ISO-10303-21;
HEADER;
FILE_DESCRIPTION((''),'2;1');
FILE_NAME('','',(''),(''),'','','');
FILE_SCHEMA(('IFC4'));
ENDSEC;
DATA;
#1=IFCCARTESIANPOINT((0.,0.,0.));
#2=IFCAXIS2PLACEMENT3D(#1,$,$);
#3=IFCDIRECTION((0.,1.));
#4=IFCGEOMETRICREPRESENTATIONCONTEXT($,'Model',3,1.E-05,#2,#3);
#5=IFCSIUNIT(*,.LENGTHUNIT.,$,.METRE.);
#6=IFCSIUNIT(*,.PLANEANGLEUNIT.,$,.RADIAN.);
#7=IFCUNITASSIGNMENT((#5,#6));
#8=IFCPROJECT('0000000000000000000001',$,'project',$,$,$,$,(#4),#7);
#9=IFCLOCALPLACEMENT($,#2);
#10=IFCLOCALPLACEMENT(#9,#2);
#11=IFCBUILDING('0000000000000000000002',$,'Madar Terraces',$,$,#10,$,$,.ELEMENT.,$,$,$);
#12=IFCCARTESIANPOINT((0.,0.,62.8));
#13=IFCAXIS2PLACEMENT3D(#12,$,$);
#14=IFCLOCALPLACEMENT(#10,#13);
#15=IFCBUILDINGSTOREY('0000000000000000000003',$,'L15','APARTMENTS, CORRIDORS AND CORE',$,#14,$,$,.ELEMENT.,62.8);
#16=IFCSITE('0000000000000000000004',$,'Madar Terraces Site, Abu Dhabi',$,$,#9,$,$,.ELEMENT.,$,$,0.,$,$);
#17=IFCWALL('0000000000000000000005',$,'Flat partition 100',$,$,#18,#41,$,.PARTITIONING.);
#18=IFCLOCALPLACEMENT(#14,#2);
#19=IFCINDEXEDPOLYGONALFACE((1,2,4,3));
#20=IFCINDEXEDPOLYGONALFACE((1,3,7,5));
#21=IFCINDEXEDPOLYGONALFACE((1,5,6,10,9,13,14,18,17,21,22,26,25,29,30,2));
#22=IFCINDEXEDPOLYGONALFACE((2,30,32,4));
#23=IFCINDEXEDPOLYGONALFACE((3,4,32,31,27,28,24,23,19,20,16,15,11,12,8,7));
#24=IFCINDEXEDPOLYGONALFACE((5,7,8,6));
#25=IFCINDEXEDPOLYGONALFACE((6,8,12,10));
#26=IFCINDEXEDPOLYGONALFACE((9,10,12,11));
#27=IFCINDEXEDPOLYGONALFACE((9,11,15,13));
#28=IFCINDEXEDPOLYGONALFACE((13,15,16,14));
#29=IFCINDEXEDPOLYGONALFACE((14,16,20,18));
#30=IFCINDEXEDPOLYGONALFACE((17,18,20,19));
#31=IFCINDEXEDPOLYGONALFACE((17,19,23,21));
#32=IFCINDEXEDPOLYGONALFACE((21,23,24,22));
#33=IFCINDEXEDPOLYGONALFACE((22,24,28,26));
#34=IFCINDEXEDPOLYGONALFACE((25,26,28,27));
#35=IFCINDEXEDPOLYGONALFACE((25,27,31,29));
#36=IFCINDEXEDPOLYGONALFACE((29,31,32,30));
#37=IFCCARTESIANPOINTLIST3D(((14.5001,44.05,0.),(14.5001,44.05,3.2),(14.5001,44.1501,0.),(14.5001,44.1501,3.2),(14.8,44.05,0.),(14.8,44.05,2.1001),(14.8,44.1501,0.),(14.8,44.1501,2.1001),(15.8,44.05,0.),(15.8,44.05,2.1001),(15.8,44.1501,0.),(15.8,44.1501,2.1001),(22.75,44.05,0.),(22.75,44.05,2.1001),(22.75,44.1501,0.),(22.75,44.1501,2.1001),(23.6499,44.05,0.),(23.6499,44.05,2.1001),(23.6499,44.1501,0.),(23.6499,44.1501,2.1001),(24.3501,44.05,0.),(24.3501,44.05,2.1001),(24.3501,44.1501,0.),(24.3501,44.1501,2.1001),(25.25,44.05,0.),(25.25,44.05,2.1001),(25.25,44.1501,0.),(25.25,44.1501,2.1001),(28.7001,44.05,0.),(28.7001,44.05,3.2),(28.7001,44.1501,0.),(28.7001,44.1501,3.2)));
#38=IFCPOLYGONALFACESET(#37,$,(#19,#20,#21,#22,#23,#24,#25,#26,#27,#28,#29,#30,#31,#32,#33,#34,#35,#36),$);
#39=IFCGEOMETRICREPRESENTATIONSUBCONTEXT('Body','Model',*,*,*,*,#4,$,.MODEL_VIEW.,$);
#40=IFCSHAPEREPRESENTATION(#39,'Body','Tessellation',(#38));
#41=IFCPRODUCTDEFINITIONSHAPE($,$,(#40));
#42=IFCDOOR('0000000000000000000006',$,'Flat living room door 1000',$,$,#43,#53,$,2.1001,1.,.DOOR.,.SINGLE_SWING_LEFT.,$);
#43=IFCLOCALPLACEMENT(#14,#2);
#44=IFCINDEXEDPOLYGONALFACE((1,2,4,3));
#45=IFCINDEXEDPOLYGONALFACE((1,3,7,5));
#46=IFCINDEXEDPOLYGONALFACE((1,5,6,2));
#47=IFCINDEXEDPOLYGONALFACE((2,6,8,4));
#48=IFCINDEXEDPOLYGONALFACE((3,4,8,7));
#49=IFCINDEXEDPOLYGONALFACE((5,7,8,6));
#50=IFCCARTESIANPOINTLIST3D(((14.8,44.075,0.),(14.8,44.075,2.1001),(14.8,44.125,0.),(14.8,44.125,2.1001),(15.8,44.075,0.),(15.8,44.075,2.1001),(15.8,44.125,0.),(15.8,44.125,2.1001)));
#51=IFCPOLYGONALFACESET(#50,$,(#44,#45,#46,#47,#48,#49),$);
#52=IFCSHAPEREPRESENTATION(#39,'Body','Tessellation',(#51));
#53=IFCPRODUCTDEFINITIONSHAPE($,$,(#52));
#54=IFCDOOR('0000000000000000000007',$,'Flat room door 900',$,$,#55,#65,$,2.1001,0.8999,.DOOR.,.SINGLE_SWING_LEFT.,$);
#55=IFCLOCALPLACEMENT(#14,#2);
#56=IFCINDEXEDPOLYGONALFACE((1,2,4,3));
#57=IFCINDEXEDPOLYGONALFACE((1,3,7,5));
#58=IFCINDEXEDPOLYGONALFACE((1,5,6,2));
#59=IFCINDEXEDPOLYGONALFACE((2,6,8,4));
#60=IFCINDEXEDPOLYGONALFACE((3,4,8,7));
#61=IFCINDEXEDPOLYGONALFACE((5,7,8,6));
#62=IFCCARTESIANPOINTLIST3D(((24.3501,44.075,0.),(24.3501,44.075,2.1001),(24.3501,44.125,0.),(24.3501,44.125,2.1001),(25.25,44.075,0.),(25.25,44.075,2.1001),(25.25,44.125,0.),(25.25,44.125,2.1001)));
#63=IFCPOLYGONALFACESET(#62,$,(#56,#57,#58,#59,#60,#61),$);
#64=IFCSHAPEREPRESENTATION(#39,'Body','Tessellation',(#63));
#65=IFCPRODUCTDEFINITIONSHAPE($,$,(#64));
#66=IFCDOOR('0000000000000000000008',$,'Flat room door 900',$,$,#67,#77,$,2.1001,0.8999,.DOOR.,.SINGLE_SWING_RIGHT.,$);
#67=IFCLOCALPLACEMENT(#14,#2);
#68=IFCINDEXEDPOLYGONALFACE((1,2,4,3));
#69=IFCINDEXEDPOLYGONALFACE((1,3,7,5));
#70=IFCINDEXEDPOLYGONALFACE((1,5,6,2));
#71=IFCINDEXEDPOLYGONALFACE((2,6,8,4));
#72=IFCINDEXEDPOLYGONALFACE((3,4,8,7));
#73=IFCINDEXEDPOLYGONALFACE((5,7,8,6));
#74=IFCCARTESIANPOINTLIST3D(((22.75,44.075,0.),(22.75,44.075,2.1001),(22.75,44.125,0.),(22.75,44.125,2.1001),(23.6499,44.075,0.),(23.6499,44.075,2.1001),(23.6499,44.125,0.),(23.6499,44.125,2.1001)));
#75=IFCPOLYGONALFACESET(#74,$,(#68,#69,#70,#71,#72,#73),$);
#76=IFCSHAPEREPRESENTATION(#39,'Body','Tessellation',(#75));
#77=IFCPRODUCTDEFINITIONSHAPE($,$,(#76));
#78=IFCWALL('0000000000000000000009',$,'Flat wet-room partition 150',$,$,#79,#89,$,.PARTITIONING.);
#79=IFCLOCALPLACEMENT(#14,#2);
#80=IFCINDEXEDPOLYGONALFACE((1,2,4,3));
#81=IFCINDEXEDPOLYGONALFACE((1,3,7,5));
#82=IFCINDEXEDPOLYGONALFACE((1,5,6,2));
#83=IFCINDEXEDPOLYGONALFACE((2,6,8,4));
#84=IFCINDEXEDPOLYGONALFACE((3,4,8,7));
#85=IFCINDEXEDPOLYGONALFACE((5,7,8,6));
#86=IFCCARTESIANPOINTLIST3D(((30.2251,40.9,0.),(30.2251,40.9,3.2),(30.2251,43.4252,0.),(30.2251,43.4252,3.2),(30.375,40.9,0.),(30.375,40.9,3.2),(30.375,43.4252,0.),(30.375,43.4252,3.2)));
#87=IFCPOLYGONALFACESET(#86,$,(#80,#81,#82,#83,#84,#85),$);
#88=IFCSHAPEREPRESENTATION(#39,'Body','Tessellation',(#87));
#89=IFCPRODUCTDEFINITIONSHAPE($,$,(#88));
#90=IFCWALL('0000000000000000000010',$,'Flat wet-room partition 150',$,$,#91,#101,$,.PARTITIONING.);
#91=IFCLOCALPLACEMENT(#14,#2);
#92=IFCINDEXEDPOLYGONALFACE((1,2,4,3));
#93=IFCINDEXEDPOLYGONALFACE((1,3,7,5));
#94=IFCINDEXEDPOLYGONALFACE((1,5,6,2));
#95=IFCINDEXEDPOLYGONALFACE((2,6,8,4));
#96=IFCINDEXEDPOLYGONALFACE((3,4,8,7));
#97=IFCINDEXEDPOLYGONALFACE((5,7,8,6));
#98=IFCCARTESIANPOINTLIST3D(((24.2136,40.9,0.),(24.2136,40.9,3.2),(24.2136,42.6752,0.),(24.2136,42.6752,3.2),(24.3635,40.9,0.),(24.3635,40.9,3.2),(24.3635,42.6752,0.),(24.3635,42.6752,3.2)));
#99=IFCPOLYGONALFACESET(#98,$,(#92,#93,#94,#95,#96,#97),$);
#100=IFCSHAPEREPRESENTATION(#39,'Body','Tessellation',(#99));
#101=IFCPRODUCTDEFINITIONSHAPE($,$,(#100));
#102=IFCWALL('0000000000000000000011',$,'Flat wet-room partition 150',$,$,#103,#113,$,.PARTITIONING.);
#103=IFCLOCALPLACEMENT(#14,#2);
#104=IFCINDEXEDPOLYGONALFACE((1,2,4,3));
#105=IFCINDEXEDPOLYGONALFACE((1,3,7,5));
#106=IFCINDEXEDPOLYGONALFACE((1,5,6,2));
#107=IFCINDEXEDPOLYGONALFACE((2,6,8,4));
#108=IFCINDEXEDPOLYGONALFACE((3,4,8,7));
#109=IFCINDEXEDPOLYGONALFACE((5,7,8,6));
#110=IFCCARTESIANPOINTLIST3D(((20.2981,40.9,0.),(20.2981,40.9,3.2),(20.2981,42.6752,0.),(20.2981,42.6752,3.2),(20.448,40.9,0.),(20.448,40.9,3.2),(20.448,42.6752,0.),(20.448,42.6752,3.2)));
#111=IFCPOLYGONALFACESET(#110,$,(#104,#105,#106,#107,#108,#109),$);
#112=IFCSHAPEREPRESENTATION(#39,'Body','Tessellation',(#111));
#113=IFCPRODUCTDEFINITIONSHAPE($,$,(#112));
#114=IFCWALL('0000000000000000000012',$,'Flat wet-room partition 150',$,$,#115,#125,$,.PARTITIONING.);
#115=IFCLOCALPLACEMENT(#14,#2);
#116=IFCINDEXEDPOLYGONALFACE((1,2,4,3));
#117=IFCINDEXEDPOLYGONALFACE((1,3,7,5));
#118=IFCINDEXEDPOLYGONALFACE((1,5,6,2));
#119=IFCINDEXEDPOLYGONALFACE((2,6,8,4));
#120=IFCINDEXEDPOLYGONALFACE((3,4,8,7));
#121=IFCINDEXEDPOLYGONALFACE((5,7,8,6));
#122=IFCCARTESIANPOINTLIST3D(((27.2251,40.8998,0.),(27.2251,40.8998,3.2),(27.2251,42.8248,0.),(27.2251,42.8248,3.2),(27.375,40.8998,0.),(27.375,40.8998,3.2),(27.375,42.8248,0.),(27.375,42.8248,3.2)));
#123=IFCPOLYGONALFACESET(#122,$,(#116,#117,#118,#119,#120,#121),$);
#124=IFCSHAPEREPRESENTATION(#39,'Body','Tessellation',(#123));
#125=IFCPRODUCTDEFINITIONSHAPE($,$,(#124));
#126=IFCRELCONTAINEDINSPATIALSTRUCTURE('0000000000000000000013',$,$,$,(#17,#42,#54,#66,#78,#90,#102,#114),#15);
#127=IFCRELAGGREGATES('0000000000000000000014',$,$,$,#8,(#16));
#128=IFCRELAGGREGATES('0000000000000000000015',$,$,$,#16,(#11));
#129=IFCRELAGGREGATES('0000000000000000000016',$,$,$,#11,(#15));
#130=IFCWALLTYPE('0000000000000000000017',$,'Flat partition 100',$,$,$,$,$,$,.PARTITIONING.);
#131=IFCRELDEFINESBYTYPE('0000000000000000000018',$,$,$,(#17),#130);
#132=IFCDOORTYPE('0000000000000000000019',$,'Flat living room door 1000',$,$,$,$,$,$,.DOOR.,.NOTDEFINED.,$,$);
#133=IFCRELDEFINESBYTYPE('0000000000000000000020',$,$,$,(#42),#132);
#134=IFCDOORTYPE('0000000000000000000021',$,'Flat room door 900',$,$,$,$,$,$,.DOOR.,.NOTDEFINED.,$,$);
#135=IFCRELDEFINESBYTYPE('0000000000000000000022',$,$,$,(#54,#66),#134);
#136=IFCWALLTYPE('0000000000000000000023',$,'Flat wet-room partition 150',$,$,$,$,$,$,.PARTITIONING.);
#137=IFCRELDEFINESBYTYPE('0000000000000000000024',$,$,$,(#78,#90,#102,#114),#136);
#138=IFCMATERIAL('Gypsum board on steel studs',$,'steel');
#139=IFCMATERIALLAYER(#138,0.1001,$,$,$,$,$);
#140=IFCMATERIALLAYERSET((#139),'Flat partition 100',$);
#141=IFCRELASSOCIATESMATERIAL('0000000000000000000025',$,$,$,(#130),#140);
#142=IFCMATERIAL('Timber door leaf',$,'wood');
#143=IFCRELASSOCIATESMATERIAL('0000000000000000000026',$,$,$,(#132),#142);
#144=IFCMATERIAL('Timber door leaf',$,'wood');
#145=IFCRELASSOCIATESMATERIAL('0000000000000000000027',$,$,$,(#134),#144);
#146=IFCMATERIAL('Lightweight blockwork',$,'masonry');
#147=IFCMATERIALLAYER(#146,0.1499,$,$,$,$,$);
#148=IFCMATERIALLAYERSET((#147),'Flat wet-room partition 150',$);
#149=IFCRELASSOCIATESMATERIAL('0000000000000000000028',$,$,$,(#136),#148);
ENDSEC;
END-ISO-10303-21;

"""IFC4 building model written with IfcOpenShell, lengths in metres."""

from ifc_helpers import new_model, si_unit, direction, frame, frame_2d, origin, place, context, subcontext, project, spatial, rectangle, extrude, material, layer, layer_set, type_object, element, fill, save


model = new_model("IFC4")

# Units and contexts
model_context = context("Model", 3, precision=1e-05, world=origin(), true_north=direction((0.0, 1.0)))
body_context = subcontext(model_context, "Body", "Model", "MODEL_VIEW")
ifc_project = project(units=[si_unit("LENGTHUNIT", "METRE"), si_unit("PLANEANGLEUNIT", "RADIAN")], contexts=[model_context])

# Site, building, storey
site_placement = place(None, origin())
site = spatial("IfcSite", under=ifc_project, at=site_placement, Name="Madar Terraces Site, Abu Dhabi", CompositionType="ELEMENT", RefElevation=0.0)
building_placement = place(site_placement, origin())
building = spatial("IfcBuilding", under=site, at=building_placement, Name="Madar Terraces", CompositionType="ELEMENT")
storey_placement = place(building_placement, frame((0.0, 0.0, 62.8)))
storey = spatial("IfcBuildingStorey", under=building, at=storey_placement, Name="L15", Description="APARTMENTS, CORRIDORS AND CORE", CompositionType="ELEMENT", Elevation=62.8)

# Wall, openings, doors
ifc_material_1 = material(Name="Gypsum board on steel studs", Category="steel")
ifc_layer_1 = layer(ifc_material_1, 0.1001)
ifc_layer_set_1 = layer_set([ifc_layer_1], Name="Flat partition 100")
wall_type_1 = type_object("IfcWallType", Name="Flat partition 100", PredefinedType="PARTITIONING", material=ifc_layer_set_1)
wall_1_placement = place(storey_placement, frame((14.5, 44.1001, 0.0), z_axis=(0.0, 0.0, 1.0), x_axis=(1.0, 0.0, 0.0)))
wall_1 = element("IfcWall", 1, at=wall_1_placement, inside=storey, type_object=wall_type_1, Name="Flat partition 100", PredefinedType="PARTITIONING", context=body_context, shape_type="SweptSolid", body=[
    extrude(rectangle(XDim=14.2, YDim=0.1001, at=frame_2d((7.1001, 0.0))), origin(), (0.0, 0.0, 1.0), 3.2),
])
opening_1_placement = place(wall_1_placement, frame((9.8501, 0.0, 0.0)))
opening_1 = element("IfcOpeningElement", 2, at=opening_1_placement, cuts=wall_1, PredefinedType="OPENING", context=body_context, shape_type="SweptSolid", body=[
    extrude(rectangle(XDim=0.8999, YDim=2.1001, at=frame_2d((0.45, 1.05))), frame((0.0, 0.0601, 0.0), z_axis=(0.0, -1.0, 0.0), x_axis=(1.0, 0.0, 0.0)), (0.0, 0.0, 1.0), 0.1201),
])
opening_2_placement = place(wall_1_placement, frame((8.25, 0.0, 0.0)))
opening_2 = element("IfcOpeningElement", 3, at=opening_2_placement, cuts=wall_1, PredefinedType="OPENING", context=body_context, shape_type="SweptSolid", body=[
    extrude(rectangle(XDim=0.8999, YDim=2.1001, at=frame_2d((0.45, 1.05))), frame((0.0, 0.0601, 0.0), z_axis=(0.0, -1.0, 0.0), x_axis=(1.0, 0.0, 0.0)), (0.0, 0.0, 1.0), 0.1201),
])
opening_3_placement = place(wall_1_placement, frame((0.3, 0.0, 0.0)))
opening_3 = element("IfcOpeningElement", 4, at=opening_3_placement, cuts=wall_1, PredefinedType="OPENING", context=body_context, shape_type="SweptSolid", body=[
    extrude(rectangle(XDim=1.0, YDim=2.1001, at=frame_2d((0.5, 1.05))), frame((0.0, 0.0601, 0.0), z_axis=(0.0, -1.0, 0.0), x_axis=(1.0, 0.0, 0.0)), (0.0, 0.0, 1.0), 0.1201),
])
ifc_material_2 = material(Name="Timber door leaf", Category="wood")
door_type_1 = type_object("IfcDoorType", Name="Flat living room door 1000", OperationType="NOTDEFINED", PredefinedType="DOOR", material=ifc_material_2)
door_1_placement = place(opening_3_placement, origin())
door_1 = element("IfcDoor", 5, at=door_1_placement, inside=storey, type_object=door_type_1, Name="Flat living room door 1000", OperationType="SINGLE_SWING_LEFT", OverallHeight=2.1001, OverallWidth=1.0, PredefinedType="DOOR", context=body_context, shape_type="SweptSolid", body=[
    extrude(rectangle(XDim=1.0, YDim=2.1001, at=frame_2d((0.5, 1.05))), frame((0.0, 0.0249, 0.0), z_axis=(0.0, -1.0, 0.0), x_axis=(1.0, 0.0, 0.0)), (0.0, 0.0, 1.0), 0.05),
])
fill(opening_3, door_1)
ifc_material_3 = material(Name="Timber door leaf", Category="wood")
door_type_2 = type_object("IfcDoorType", Name="Flat room door 900", OperationType="NOTDEFINED", PredefinedType="DOOR", material=ifc_material_3)
door_2_placement = place(opening_1_placement, origin())
door_2 = element("IfcDoor", 6, at=door_2_placement, inside=storey, type_object=door_type_2, Name="Flat room door 900", OperationType="SINGLE_SWING_LEFT", OverallHeight=2.1001, OverallWidth=0.8999, PredefinedType="DOOR", context=body_context, shape_type="SweptSolid", body=[
    extrude(rectangle(XDim=0.8999, YDim=2.1001, at=frame_2d((0.45, 1.05))), frame((0.0, 0.0249, 0.0), z_axis=(0.0, -1.0, 0.0), x_axis=(1.0, 0.0, 0.0)), (0.0, 0.0, 1.0), 0.05),
])
fill(opening_1, door_2)
door_3_placement = place(opening_2_placement, origin())
door_3 = element("IfcDoor", 7, at=door_3_placement, inside=storey, type_object=door_type_2, Name="Flat room door 900", OperationType="SINGLE_SWING_RIGHT", OverallHeight=2.1001, OverallWidth=0.8999, PredefinedType="DOOR", context=body_context, shape_type="SweptSolid", body=[
    extrude(rectangle(XDim=0.8999, YDim=2.1001, at=frame_2d((0.45, 1.05))), frame((0.0, 0.0249, 0.0), z_axis=(0.0, -1.0, 0.0), x_axis=(1.0, 0.0, 0.0)), (0.0, 0.0, 1.0), 0.05),
])
fill(opening_2, door_3)

# Walls
ifc_material_4 = material(Name="Lightweight blockwork", Category="masonry")
ifc_layer_2 = layer(ifc_material_4, 0.1499)
ifc_layer_set_2 = layer_set([ifc_layer_2], Name="Flat wet-room partition 150")
wall_type_2 = type_object("IfcWallType", Name="Flat wet-room partition 150", PredefinedType="PARTITIONING", material=ifc_layer_set_2)
wall_2_placement = place(storey_placement, frame((30.3, 40.8999, 0.0), z_axis=(0.0, 0.0, 1.0), x_axis=(0.0, 1.0, 0.0)))
element("IfcWall", 8, at=wall_2_placement, inside=storey, type_object=wall_type_2, Name="Flat wet-room partition 150", PredefinedType="PARTITIONING", context=body_context, shape_type="SweptSolid", body=[
    extrude(rectangle(XDim=2.5251, YDim=0.1499, at=frame_2d((1.2627, 0.0))), origin(), (0.0, 0.0, 1.0), 3.2),
])
for number, where, z_axis, x_axis, name in (
    (9, (24.2886, 40.8999, 0.0), (0.0, 0.0, 1.0), (0.0, 1.0, 0.0), "Flat wet-room partition 150"),
    (10, (20.373, 40.8999, 0.0), (0.0, 0.0, 1.0), (0.0, 1.0, 0.0), "Flat wet-room partition 150"),
):
    element("IfcWall", number, at=place(storey_placement, frame(where, z_axis=z_axis, x_axis=x_axis)), inside=storey, type_object=wall_type_2, Name=name, PredefinedType="PARTITIONING", context=body_context, shape_type="SweptSolid", body=[
        extrude(rectangle(XDim=1.7751, YDim=0.1499, at=frame_2d((0.8877, 0.0))), origin(), (0.0, 0.0, 1.0), 3.2),
    ])
wall_3_placement = place(storey_placement, frame((27.3, 40.8999, 0.0), z_axis=(0.0, 0.0, 1.0), x_axis=(0.0, 1.0, 0.0)))
element("IfcWall", 11, at=wall_3_placement, inside=storey, type_object=wall_type_2, Name="Flat wet-room partition 150", PredefinedType="PARTITIONING", context=body_context, shape_type="SweptSolid", body=[
    extrude(rectangle(XDim=1.925, YDim=0.1499, at=frame_2d((0.9624, 0.0))), origin(), (0.0, 0.0, 1.0), 3.2),
])

save(model, "model.ifc")
